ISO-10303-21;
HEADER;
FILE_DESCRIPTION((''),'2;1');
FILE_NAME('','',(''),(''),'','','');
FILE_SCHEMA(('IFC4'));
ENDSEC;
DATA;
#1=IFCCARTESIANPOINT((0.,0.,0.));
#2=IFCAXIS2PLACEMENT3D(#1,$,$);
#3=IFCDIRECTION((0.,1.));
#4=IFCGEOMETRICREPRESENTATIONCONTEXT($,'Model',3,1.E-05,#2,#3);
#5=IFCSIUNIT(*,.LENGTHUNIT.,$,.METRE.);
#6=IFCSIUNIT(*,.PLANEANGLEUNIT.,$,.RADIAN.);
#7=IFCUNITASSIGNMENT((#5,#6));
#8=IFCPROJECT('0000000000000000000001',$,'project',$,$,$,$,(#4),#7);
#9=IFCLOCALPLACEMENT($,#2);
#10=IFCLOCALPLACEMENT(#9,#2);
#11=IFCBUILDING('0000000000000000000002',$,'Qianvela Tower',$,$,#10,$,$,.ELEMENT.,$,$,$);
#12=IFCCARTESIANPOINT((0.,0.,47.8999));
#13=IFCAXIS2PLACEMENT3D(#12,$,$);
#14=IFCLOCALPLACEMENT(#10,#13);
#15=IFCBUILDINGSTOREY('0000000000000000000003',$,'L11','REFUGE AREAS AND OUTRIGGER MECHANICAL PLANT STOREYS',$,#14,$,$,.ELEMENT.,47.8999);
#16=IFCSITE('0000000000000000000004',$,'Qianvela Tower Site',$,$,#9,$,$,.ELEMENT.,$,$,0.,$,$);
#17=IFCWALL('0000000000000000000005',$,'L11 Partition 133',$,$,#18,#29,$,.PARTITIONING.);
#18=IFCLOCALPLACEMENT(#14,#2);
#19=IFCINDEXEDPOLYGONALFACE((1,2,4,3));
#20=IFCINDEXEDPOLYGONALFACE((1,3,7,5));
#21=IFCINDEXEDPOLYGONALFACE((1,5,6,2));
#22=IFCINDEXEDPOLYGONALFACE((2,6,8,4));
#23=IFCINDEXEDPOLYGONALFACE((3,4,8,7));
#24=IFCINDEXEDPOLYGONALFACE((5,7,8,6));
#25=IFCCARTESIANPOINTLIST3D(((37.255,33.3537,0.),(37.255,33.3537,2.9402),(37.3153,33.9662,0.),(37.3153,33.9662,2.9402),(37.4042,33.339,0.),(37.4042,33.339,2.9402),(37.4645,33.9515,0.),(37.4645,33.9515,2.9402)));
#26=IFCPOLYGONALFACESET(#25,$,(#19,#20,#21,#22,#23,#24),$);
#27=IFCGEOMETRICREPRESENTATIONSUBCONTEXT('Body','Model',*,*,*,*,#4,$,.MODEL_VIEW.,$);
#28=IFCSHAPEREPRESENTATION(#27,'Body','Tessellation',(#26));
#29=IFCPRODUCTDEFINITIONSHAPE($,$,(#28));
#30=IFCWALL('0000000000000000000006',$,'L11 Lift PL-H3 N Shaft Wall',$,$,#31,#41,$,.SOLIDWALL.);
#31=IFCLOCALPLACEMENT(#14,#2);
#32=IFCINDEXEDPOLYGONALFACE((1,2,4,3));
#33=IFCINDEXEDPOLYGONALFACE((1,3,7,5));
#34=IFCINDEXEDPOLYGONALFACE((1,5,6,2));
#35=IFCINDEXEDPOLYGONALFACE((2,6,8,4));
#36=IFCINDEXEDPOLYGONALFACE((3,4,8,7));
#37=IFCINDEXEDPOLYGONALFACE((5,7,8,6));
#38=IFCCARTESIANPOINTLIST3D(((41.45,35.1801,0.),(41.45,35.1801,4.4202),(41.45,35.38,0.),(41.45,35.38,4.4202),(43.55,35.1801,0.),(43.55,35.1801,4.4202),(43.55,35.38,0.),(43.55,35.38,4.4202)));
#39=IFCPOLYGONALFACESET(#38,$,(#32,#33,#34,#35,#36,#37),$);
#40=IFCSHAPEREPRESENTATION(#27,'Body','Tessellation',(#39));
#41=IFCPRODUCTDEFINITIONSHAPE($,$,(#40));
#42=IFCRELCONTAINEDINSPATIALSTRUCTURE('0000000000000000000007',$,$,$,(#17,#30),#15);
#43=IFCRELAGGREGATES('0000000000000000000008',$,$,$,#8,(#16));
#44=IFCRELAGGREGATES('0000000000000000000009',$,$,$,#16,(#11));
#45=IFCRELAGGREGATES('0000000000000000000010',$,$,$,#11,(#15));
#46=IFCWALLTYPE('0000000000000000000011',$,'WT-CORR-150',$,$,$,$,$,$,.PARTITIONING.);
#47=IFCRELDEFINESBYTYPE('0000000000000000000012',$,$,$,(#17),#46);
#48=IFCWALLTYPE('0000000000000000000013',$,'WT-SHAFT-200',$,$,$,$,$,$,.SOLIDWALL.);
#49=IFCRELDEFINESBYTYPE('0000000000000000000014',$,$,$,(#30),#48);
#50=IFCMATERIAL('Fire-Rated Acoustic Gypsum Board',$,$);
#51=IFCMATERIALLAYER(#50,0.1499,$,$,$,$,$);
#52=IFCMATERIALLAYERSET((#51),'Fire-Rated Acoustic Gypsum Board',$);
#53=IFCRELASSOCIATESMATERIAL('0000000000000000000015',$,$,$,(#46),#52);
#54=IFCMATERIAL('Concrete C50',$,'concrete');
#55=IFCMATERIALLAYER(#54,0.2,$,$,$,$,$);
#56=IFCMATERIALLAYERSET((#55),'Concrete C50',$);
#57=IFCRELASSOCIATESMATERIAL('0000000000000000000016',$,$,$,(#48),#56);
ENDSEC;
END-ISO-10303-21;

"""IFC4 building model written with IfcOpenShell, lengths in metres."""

from ifc_helpers import new_model, si_unit, direction, frame, frame_2d, origin, place, context, subcontext, project, spatial, rectangle, extrude, material, layer, layer_set, type_object, element, save


model = new_model("IFC4")

# Units and contexts
model_context = context("Model", 3, precision=1e-05, world=origin(), true_north=direction((0.0, 1.0)))
body_context = subcontext(model_context, "Body", "Model", "MODEL_VIEW")
ifc_project = project(units=[si_unit("LENGTHUNIT", "METRE"), si_unit("PLANEANGLEUNIT", "RADIAN")], contexts=[model_context])

# Site, building, storey
site_placement = place(None, origin())
site = spatial("IfcSite", under=ifc_project, at=site_placement, Name="Qianvela Tower Site", CompositionType="ELEMENT", RefElevation=0.0)
building_placement = place(site_placement, origin())
building = spatial("IfcBuilding", under=site, at=building_placement, Name="Qianvela Tower", CompositionType="ELEMENT")
storey_placement = place(building_placement, frame((0.0, 0.0, 47.8999)))
storey = spatial("IfcBuildingStorey", under=building, at=storey_placement, Name="L11", Description="REFUGE AREAS AND OUTRIGGER MECHANICAL PLANT STOREYS", CompositionType="ELEMENT", Elevation=47.8999)

# Shared definitions
ifc_material_1 = material(Name="Fire-Rated Acoustic Gypsum Board")
ifc_layer_1 = layer(ifc_material_1, 0.1499)
ifc_layer_set_1 = layer_set([ifc_layer_1], Name="Fire-Rated Acoustic Gypsum Board")
wall_type_1 = type_object("IfcWallType", Name="WT-CORR-150", PredefinedType="PARTITIONING", material=ifc_layer_set_1)

# Walls
wall_1_placement = place(storey_placement, frame((37.3899, 33.9587, 0.0), z_axis=(0.0, 0.0, 1.0), x_axis=(-0.097972, -0.995189, 0.0)))
element("IfcWall", 1, at=wall_1_placement, inside=storey, type_object=wall_type_1, Name="L11 Partition 133", PredefinedType="PARTITIONING", context=body_context, shape_type="SweptSolid", body=[
    extrude(rectangle(XDim=0.6155, YDim=0.1499, at=frame_2d((0.3076, 0.0))), origin(), (0.0, 0.0, 1.0), 2.9402),
])
ifc_material_2 = material(Name="Concrete C50", Category="concrete")
ifc_layer_2 = layer(ifc_material_2, 0.2)
ifc_layer_set_2 = layer_set([ifc_layer_2], Name="Concrete C50")
wall_type_2 = type_object("IfcWallType", Name="WT-SHAFT-200", PredefinedType="SOLIDWALL", material=ifc_layer_set_2)
wall_2_placement = place(storey_placement, frame((41.45, 35.28, 0.0), z_axis=(0.0, 0.0, 1.0), x_axis=(1.0, 0.0, 0.0)))
element("IfcWall", 2, at=wall_2_placement, inside=storey, type_object=wall_type_2, Name="L11 Lift PL-H3 N Shaft Wall", PredefinedType="SOLIDWALL", context=body_context, shape_type="SweptSolid", body=[
    extrude(rectangle(XDim=2.1001, YDim=0.2, at=frame_2d((1.05, 0.0))), origin(), (0.0, 0.0, 1.0), 4.4202),
])

save(model, "model.ifc")
